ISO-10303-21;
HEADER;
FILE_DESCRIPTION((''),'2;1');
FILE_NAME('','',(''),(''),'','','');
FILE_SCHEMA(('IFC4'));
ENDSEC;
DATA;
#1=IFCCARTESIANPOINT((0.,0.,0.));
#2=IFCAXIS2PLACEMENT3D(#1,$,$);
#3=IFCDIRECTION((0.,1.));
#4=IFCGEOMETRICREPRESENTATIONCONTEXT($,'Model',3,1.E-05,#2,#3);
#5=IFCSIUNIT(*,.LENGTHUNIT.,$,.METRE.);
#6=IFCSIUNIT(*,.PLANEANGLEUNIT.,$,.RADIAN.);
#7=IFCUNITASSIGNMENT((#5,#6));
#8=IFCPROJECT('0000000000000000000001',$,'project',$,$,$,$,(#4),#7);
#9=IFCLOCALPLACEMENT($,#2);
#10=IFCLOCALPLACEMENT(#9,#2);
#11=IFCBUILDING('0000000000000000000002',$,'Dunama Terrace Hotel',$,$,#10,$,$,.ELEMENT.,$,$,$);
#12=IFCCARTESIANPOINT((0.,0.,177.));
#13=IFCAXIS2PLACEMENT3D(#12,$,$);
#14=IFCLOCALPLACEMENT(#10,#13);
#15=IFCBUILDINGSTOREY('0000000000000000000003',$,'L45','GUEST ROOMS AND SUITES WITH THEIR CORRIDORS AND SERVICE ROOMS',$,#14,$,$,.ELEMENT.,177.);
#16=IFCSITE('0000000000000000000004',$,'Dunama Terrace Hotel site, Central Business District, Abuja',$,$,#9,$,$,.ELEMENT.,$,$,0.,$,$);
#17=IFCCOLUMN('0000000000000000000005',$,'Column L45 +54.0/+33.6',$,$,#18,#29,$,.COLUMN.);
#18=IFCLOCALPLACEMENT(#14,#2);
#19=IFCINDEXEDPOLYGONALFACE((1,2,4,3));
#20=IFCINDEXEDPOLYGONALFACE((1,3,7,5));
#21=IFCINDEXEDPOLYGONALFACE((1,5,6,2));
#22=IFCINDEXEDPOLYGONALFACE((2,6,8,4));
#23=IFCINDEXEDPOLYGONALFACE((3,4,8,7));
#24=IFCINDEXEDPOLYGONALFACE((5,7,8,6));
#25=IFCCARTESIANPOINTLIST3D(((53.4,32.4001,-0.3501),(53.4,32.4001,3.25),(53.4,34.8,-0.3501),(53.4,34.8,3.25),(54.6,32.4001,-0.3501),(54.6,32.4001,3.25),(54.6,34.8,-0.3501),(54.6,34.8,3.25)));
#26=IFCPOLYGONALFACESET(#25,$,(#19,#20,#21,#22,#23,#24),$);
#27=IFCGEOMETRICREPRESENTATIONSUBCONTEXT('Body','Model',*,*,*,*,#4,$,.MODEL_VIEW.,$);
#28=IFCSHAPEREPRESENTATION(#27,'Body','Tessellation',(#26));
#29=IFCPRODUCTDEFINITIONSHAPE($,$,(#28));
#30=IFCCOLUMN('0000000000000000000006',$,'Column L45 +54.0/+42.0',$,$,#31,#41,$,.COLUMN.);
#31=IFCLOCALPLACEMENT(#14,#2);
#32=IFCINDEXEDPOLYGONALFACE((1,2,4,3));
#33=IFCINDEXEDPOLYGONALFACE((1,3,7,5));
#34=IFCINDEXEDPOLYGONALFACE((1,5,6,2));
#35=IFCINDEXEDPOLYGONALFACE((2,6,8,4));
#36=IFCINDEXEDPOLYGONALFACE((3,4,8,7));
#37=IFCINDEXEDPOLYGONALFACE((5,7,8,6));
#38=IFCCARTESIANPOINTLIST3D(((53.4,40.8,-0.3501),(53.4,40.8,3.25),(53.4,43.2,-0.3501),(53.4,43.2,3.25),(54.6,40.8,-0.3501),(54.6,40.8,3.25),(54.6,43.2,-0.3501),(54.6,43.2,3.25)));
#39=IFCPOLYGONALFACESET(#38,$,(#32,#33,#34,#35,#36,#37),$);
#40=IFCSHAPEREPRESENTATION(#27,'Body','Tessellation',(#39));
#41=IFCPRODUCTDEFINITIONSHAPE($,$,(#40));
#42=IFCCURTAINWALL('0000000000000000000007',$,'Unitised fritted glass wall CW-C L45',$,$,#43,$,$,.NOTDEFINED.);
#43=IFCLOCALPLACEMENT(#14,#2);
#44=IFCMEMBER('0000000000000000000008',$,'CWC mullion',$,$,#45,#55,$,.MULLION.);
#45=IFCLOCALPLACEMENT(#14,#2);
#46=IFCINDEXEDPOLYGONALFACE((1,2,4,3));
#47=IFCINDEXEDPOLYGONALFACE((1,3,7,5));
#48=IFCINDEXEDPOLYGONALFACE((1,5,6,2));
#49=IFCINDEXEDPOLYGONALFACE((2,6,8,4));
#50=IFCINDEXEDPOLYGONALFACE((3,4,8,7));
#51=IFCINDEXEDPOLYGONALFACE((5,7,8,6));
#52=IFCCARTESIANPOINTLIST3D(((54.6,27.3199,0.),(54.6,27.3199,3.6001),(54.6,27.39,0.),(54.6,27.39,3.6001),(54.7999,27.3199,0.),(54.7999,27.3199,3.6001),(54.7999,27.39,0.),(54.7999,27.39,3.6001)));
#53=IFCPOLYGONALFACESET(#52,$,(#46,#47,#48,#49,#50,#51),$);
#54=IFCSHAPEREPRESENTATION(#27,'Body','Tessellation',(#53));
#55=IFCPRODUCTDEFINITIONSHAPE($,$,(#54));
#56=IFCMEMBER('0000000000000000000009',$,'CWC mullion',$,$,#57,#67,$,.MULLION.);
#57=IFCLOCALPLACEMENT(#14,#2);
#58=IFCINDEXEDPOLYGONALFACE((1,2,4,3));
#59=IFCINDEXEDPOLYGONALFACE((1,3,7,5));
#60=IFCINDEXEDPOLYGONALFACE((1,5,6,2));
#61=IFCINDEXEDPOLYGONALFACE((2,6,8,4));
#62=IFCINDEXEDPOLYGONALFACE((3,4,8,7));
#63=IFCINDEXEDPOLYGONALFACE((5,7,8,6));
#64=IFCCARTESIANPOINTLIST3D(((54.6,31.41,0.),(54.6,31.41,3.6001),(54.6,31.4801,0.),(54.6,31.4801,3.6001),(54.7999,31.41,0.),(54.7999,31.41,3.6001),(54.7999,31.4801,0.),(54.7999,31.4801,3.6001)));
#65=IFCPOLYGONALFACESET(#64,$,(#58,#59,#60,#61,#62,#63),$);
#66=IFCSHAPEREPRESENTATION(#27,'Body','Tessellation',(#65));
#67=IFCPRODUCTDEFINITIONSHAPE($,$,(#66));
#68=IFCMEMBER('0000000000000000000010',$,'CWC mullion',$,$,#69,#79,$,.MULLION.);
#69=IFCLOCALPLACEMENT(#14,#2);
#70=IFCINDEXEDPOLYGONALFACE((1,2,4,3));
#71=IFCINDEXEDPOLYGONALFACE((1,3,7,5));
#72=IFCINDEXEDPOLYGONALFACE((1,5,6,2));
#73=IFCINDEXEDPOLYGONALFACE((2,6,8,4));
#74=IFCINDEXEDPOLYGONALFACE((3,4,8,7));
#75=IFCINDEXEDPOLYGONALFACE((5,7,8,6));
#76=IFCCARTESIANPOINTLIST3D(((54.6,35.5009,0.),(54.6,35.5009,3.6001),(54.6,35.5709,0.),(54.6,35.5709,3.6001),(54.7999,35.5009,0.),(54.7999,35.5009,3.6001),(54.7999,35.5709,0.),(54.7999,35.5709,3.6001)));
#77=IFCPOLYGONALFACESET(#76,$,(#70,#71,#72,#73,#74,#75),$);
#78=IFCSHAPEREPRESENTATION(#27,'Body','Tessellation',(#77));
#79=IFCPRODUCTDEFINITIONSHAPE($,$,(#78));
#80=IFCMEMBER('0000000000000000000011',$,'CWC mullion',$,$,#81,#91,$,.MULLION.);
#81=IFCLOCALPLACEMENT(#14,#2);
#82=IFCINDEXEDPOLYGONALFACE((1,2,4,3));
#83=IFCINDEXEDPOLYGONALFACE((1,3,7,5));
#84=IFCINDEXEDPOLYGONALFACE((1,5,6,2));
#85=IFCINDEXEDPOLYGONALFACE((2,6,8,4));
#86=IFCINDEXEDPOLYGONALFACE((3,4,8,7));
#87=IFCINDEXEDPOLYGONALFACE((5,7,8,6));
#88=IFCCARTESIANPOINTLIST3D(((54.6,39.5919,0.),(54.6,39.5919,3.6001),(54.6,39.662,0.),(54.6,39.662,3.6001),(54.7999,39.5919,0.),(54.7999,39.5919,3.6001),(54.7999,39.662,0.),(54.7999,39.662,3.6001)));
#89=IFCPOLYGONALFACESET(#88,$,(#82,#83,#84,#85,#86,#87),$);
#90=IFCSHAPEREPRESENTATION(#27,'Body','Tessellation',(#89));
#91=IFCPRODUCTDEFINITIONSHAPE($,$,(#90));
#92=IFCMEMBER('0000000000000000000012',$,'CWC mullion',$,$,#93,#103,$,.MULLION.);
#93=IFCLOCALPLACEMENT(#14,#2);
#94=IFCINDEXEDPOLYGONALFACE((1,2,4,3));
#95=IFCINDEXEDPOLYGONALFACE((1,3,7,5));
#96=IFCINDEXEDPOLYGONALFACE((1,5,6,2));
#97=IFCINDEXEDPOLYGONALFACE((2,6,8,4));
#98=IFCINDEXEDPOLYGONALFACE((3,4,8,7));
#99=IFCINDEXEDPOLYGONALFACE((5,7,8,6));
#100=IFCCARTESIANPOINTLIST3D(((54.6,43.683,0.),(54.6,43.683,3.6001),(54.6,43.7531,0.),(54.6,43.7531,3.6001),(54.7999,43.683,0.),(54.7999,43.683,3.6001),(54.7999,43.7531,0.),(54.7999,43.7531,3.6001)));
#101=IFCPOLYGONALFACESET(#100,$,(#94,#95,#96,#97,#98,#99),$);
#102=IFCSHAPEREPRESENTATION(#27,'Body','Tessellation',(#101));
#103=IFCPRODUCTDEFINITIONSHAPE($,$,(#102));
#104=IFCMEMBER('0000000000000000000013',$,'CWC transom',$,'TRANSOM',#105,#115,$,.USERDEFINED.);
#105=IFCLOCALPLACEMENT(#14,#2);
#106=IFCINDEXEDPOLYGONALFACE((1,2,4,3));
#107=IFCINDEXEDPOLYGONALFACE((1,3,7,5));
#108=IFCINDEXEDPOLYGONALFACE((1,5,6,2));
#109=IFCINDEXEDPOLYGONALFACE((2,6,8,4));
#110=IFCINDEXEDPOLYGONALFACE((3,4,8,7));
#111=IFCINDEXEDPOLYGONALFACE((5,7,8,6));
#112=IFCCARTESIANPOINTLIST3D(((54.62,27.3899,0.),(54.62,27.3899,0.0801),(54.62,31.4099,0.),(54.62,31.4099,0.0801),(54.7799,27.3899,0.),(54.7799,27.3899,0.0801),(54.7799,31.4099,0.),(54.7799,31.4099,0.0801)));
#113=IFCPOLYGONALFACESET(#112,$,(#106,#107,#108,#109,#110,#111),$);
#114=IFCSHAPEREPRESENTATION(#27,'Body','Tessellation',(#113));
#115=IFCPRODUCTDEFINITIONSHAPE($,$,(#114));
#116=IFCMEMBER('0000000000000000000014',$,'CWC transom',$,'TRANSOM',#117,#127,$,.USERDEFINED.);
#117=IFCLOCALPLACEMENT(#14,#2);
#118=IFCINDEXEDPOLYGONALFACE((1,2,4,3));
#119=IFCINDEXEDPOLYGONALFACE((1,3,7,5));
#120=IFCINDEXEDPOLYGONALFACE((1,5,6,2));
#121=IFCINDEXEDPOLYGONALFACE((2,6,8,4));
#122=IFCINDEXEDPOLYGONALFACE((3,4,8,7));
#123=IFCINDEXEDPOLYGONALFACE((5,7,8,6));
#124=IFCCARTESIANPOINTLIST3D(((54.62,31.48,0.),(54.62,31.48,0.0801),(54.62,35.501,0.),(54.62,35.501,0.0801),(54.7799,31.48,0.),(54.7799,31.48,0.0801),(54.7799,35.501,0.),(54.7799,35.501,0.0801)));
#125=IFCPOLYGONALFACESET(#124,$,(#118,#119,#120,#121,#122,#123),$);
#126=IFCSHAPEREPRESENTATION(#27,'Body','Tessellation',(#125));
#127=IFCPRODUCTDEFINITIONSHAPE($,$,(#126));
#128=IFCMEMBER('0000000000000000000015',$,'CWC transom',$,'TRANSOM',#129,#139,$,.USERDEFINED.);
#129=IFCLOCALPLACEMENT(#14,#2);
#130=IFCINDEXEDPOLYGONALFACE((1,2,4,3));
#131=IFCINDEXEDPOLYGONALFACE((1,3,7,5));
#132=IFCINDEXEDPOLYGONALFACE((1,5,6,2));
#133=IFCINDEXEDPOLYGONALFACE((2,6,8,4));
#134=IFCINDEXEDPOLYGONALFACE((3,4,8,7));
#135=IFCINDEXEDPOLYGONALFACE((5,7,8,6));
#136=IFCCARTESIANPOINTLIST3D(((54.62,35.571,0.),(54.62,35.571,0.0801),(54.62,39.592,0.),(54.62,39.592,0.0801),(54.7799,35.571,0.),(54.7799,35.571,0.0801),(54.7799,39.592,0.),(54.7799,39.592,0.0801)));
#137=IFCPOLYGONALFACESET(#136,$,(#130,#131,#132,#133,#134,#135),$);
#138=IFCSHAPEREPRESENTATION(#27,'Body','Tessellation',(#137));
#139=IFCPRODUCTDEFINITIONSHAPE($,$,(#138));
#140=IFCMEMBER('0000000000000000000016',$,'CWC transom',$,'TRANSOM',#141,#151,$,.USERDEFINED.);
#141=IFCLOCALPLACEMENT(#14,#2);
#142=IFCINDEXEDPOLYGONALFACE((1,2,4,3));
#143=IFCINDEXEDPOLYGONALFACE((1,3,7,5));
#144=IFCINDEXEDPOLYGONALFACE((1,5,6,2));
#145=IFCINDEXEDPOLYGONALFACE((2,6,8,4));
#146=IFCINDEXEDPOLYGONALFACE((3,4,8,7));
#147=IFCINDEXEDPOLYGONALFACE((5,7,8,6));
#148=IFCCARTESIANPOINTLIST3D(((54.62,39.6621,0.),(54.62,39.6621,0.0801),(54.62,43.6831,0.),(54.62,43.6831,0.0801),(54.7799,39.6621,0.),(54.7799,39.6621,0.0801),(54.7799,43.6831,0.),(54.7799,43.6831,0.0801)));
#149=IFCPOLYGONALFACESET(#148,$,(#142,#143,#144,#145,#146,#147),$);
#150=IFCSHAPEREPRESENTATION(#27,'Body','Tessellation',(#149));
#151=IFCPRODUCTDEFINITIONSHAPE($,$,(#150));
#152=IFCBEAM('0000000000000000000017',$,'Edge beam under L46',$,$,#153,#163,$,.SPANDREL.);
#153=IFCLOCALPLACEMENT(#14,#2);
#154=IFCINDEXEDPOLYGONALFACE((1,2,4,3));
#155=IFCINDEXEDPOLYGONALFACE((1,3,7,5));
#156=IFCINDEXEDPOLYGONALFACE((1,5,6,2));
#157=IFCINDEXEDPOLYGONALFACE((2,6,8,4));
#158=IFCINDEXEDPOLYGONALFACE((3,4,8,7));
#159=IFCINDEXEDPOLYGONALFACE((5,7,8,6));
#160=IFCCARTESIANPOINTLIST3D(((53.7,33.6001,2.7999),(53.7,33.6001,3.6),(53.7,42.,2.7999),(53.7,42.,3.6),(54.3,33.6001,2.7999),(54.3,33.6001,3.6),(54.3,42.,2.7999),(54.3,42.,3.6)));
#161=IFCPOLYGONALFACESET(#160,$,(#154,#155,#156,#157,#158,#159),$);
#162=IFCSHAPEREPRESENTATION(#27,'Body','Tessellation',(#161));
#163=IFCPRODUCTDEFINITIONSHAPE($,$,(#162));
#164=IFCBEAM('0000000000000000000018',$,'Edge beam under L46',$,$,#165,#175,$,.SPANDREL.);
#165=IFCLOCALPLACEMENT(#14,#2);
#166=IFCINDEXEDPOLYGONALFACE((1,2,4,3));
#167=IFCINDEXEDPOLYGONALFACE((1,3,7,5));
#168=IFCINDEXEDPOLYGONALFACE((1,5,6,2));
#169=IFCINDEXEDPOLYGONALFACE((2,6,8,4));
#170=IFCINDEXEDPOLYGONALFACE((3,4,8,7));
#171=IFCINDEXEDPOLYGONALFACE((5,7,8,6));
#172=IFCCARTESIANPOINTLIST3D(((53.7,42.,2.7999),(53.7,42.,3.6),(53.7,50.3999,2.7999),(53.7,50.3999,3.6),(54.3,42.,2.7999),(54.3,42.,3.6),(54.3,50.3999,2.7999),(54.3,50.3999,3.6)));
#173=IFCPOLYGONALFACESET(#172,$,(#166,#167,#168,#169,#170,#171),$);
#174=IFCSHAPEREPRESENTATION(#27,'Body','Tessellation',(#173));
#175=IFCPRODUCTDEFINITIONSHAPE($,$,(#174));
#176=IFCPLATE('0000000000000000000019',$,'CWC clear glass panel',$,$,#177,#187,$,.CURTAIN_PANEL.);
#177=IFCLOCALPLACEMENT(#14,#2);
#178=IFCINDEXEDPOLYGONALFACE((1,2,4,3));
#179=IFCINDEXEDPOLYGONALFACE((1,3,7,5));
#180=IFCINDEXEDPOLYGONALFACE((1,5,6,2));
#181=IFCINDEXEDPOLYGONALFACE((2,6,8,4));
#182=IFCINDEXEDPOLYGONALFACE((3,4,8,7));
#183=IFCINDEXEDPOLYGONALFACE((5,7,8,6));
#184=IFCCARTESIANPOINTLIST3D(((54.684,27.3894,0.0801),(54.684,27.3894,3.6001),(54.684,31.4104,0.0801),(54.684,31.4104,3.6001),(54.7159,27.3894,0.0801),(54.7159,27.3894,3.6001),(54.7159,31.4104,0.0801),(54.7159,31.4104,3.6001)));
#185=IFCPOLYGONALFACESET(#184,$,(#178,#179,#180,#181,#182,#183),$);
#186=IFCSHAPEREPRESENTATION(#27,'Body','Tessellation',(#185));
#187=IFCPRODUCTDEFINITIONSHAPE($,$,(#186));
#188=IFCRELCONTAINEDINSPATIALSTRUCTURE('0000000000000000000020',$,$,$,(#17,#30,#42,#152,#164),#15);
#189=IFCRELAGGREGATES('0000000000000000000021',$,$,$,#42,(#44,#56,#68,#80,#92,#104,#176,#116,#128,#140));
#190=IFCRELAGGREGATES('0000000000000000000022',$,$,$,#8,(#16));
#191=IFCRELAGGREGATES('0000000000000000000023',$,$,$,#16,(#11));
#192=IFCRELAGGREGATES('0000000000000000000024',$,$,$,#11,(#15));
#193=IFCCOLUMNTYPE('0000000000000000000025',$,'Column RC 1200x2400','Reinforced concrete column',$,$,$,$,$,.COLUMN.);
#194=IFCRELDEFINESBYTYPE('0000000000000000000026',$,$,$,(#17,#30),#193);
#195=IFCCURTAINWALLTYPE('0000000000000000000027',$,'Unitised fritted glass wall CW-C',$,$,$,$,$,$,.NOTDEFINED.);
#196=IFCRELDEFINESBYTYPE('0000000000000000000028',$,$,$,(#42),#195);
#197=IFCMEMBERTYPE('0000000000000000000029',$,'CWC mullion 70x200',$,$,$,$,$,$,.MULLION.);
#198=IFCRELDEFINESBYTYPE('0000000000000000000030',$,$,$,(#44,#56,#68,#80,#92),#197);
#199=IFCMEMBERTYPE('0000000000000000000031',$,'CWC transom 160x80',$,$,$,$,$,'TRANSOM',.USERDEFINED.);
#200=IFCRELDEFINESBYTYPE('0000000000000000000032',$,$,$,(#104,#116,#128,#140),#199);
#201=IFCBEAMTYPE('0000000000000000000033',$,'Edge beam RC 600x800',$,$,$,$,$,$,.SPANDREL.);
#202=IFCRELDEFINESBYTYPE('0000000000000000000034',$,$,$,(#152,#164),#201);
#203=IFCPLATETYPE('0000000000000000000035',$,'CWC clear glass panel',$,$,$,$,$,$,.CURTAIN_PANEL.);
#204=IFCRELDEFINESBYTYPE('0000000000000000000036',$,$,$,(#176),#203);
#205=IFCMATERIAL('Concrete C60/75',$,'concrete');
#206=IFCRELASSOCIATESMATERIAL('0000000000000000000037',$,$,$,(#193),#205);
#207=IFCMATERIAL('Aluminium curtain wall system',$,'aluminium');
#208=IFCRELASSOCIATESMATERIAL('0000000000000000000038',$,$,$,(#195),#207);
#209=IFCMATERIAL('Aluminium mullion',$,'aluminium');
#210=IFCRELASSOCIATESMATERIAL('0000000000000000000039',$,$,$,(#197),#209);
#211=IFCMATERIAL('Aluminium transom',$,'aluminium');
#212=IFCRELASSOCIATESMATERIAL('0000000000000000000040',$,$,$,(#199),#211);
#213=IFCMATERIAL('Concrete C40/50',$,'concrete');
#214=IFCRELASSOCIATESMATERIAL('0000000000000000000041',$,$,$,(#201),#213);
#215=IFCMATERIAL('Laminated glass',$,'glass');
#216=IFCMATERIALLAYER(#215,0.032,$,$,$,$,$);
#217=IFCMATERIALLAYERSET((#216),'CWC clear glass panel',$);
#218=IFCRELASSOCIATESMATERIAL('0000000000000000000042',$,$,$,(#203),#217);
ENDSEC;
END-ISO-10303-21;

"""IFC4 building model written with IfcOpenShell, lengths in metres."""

from ifc_helpers import new_model, si_unit, direction, frame, origin, origin_2d, place, context, subcontext, project, spatial, rectangle, extrude, material, layer, layer_set, material_profile, profile_set, type_object, element, aggregate, save


model = new_model("IFC4")

# Units and contexts
model_context = context("Model", 3, precision=1e-05, world=origin(), true_north=direction((0.0, 1.0)))
body_context = subcontext(model_context, "Body", "Model", "MODEL_VIEW")
ifc_project = project(units=[si_unit("LENGTHUNIT", "METRE"), si_unit("PLANEANGLEUNIT", "RADIAN")], contexts=[model_context])

# Site, building, storey
site_placement = place(None, origin())
site = spatial("IfcSite", under=ifc_project, at=site_placement, Name="Dunama Terrace Hotel site, Central Business District, Abuja", CompositionType="ELEMENT", RefElevation=0.0)
building_placement = place(site_placement, origin())
building = spatial("IfcBuilding", under=site, at=building_placement, Name="Dunama Terrace Hotel", CompositionType="ELEMENT")
storey_placement = place(building_placement, frame((0.0, 0.0, 177.0)))
storey = spatial("IfcBuildingStorey", under=building, at=storey_placement, Name="L45", Description="GUEST ROOMS AND SUITES WITH THEIR CORRIDORS AND SERVICE ROOMS", CompositionType="ELEMENT", Elevation=177.0)

# Columns
ifc_material_1 = material(Name="Concrete C60/75", Category="concrete")
ifc_material_profile_1 = material_profile(ifc_material_1, rectangle(XDim=1.2, YDim=2.3999, at=origin_2d()), Name="RC 1200x2400")
ifc_profile_set_1 = profile_set([ifc_material_profile_1], Name="Concrete C60/75")
column_type = type_object("IfcColumnType", Name="Column RC 1200x2400", Description="Reinforced concrete column", PredefinedType="COLUMN", material=ifc_profile_set_1)
for number, where, z_axis, x_axis, name in (
    (1, (54.0, 33.6001, -0.3501), (0.0, 0.0, 1.0), (1.0, 0.0, 0.0), "Column L45 +54.0/+33.6"),
    (2, (54.0, 42.0, -0.3501), (0.0, 0.0, 1.0), (1.0, 0.0, 0.0), "Column L45 +54.0/+42.0"),
):
    element("IfcColumn", number, at=place(storey_placement, frame(where, z_axis=z_axis, x_axis=x_axis)), inside=storey, type_object=column_type, Name=name, PredefinedType="COLUMN", context=body_context, shape_type="SweptSolid", body=[
        extrude(rectangle(XDim=1.2, YDim=2.3999, at=origin_2d()), origin(), (0.0, 0.0, 1.0), 3.6001),
    ])

# Curtain wall, members
ifc_material_2 = material(Name="Aluminium curtain wall system", Category="aluminium")
curtain_wall_type = type_object("IfcCurtainWallType", Name="Unitised fritted glass wall CW-C", PredefinedType="NOTDEFINED", material=ifc_material_2)
curtain_wall_placement = place(storey_placement, origin())
curtain_wall = element("IfcCurtainWall", 3, at=curtain_wall_placement, inside=storey, type_object=curtain_wall_type, Name="Unitised fritted glass wall CW-C L45", PredefinedType="NOTDEFINED")
ifc_material_3 = material(Name="Aluminium mullion", Category="aluminium")
ifc_material_profile_2 = material_profile(ifc_material_3, rectangle(XDim=0.0701, YDim=0.2, at=origin_2d()), Name="CWC MULLION 70X200")
ifc_profile_set_2 = profile_set([ifc_material_profile_2], Name="Aluminium mullion")
member_type_1 = type_object("IfcMemberType", Name="CWC mullion 70x200", PredefinedType="MULLION", material=ifc_profile_set_2)
member_1_placement = place(storey_placement, frame((54.7, 27.355, 0.0), z_axis=(0.0, 0.0, 1.0), x_axis=(0.0, 1.0, 0.0)))
member_1 = element("IfcMember", 4, at=member_1_placement, type_object=member_type_1, Name="CWC mullion", PredefinedType="MULLION", context=body_context, shape_type="SweptSolid", body=[
    extrude(rectangle(XDim=0.0701, YDim=0.2, at=origin_2d()), origin(), (0.0, 0.0, 1.0), 3.6001),
])
member_2_placement = place(storey_placement, frame((54.7, 31.4451, 0.0), z_axis=(0.0, 0.0, 1.0), x_axis=(0.0, 1.0, 0.0)))
member_2 = element("IfcMember", 5, at=member_2_placement, type_object=member_type_1, Name="CWC mullion", PredefinedType="MULLION", context=body_context, shape_type="SweptSolid", body=[
    extrude(rectangle(XDim=0.0701, YDim=0.2, at=origin_2d()), origin(), (0.0, 0.0, 1.0), 3.6001),
])
member_3_placement = place(storey_placement, frame((54.7, 35.5359, 0.0), z_axis=(0.0, 0.0, 1.0), x_axis=(0.0, 1.0, 0.0)))
member_3 = element("IfcMember", 6, at=member_3_placement, type_object=member_type_1, Name="CWC mullion", PredefinedType="MULLION", context=body_context, shape_type="SweptSolid", body=[
    extrude(rectangle(XDim=0.0701, YDim=0.2, at=origin_2d()), origin(), (0.0, 0.0, 1.0), 3.6001),
])
member_4_placement = place(storey_placement, frame((54.7, 39.627, 0.0), z_axis=(0.0, 0.0, 1.0), x_axis=(0.0, 1.0, 0.0)))
member_4 = element("IfcMember", 7, at=member_4_placement, type_object=member_type_1, Name="CWC mullion", PredefinedType="MULLION", context=body_context, shape_type="SweptSolid", body=[
    extrude(rectangle(XDim=0.0701, YDim=0.2, at=origin_2d()), origin(), (0.0, 0.0, 1.0), 3.6001),
])
member_5_placement = place(storey_placement, frame((54.7, 43.718, 0.0), z_axis=(0.0, 0.0, 1.0), x_axis=(0.0, 1.0, 0.0)))
member_5 = element("IfcMember", 8, at=member_5_placement, type_object=member_type_1, Name="CWC mullion", PredefinedType="MULLION", context=body_context, shape_type="SweptSolid", body=[
    extrude(rectangle(XDim=0.0701, YDim=0.2, at=origin_2d()), origin(), (0.0, 0.0, 1.0), 3.6001),
])
ifc_material_4 = material(Name="Aluminium transom", Category="aluminium")
ifc_material_profile_3 = material_profile(ifc_material_4, rectangle(XDim=0.1599, YDim=0.0801, at=origin_2d()), Name="CWC TRANSOM 160X80")
ifc_profile_set_3 = profile_set([ifc_material_profile_3], Name="Aluminium transom")
member_type_2 = type_object("IfcMemberType", Name="CWC transom 160x80", ElementType="TRANSOM", PredefinedType="USERDEFINED", material=ifc_profile_set_3)
member_6_placement = place(storey_placement, frame((54.7, 27.3899, 0.04), z_axis=(0.0, 1.0, 0.0), x_axis=(-1.0, 0.0, 0.0)))
member_6 = element("IfcMember", 9, at=member_6_placement, type_object=member_type_2, Name="CWC transom", ObjectType="TRANSOM", PredefinedType="USERDEFINED", context=body_context, shape_type="SweptSolid", body=[
    extrude(rectangle(XDim=0.1599, YDim=0.0801, at=origin_2d()), origin(), (0.0, 0.0, 1.0), 4.02),
])
member_7_placement = place(storey_placement, frame((54.7, 31.48, 0.04), z_axis=(0.0, 1.0, 0.0), x_axis=(-1.0, 0.0, 0.0)))
member_7 = element("IfcMember", 10, at=member_7_placement, type_object=member_type_2, Name="CWC transom", ObjectType="TRANSOM", PredefinedType="USERDEFINED", context=body_context, shape_type="SweptSolid", body=[
    extrude(rectangle(XDim=0.1599, YDim=0.0801, at=origin_2d()), origin(), (0.0, 0.0, 1.0), 4.021),
])
member_8_placement = place(storey_placement, frame((54.7, 35.571, 0.04), z_axis=(0.0, 1.0, 0.0), x_axis=(-1.0, 0.0, 0.0)))
member_8 = element("IfcMember", 11, at=member_8_placement, type_object=member_type_2, Name="CWC transom", ObjectType="TRANSOM", PredefinedType="USERDEFINED", context=body_context, shape_type="SweptSolid", body=[
    extrude(rectangle(XDim=0.1599, YDim=0.0801, at=origin_2d()), origin(), (0.0, 0.0, 1.0), 4.021),
])
member_9_placement = place(storey_placement, frame((54.7, 39.6621, 0.04), z_axis=(0.0, 1.0, 0.0), x_axis=(-1.0, 0.0, 0.0)))
member_9 = element("IfcMember", 12, at=member_9_placement, type_object=member_type_2, Name="CWC transom", ObjectType="TRANSOM", PredefinedType="USERDEFINED", context=body_context, shape_type="SweptSolid", body=[
    extrude(rectangle(XDim=0.1599, YDim=0.0801, at=origin_2d()), origin(), (0.0, 0.0, 1.0), 4.021),
])

# Beams
ifc_material_5 = material(Name="Concrete C40/50", Category="concrete")
ifc_material_profile_4 = material_profile(ifc_material_5, rectangle(XDim=0.6001, YDim=0.8, at=origin_2d()), Name="RC 600x800")
ifc_profile_set_4 = profile_set([ifc_material_profile_4], Name="Concrete C40/50")
beam_type = type_object("IfcBeamType", Name="Edge beam RC 600x800", PredefinedType="SPANDREL", material=ifc_profile_set_4)
for number, where, z_axis, x_axis, name in (
    (13, (54.0, 33.6001, 3.2), (0.0, 1.0, 0.0), (-1.0, 0.0, 0.0), "Edge beam under L46"),
    (14, (54.0, 42.0, 3.2), (0.0, 1.0, 0.0), (-1.0, 0.0, 0.0), "Edge beam under L46"),
):
    element("IfcBeam", number, at=place(storey_placement, frame(where, z_axis=z_axis, x_axis=x_axis)), inside=storey, type_object=beam_type, Name=name, PredefinedType="SPANDREL", context=body_context, shape_type="SweptSolid", body=[
        extrude(rectangle(XDim=0.6001, YDim=0.8, at=origin_2d()), origin(), (0.0, 0.0, 1.0), 8.3999),
    ])

# Plate
ifc_material_6 = material(Name="Laminated glass", Category="glass")
ifc_layer_1 = layer(ifc_material_6, 0.032)
ifc_layer_set_1 = layer_set([ifc_layer_1], Name="CWC clear glass panel")
plate_type_1 = type_object("IfcPlateType", Name="CWC clear glass panel", PredefinedType="CURTAIN_PANEL", material=ifc_layer_set_1)
plate_1_placement = place(storey_placement, frame((54.7, 29.3999, 0.0801), z_axis=(0.0, 0.0, 1.0), x_axis=(0.0, 1.0, 0.0)))
plate_1 = element("IfcPlate", 15, at=plate_1_placement, type_object=plate_type_1, Name="CWC clear glass panel", PredefinedType="CURTAIN_PANEL", context=body_context, shape_type="SweptSolid", body=[
    extrude(rectangle(XDim=4.021, YDim=0.032, at=origin_2d()), origin(), (0.0, 0.0, 1.0), 3.52),
])
aggregate(curtain_wall, [member_1, member_2, member_3, member_4, member_5, member_6, plate_1, member_7, member_8, member_9])

save(model, "model.ifc")
